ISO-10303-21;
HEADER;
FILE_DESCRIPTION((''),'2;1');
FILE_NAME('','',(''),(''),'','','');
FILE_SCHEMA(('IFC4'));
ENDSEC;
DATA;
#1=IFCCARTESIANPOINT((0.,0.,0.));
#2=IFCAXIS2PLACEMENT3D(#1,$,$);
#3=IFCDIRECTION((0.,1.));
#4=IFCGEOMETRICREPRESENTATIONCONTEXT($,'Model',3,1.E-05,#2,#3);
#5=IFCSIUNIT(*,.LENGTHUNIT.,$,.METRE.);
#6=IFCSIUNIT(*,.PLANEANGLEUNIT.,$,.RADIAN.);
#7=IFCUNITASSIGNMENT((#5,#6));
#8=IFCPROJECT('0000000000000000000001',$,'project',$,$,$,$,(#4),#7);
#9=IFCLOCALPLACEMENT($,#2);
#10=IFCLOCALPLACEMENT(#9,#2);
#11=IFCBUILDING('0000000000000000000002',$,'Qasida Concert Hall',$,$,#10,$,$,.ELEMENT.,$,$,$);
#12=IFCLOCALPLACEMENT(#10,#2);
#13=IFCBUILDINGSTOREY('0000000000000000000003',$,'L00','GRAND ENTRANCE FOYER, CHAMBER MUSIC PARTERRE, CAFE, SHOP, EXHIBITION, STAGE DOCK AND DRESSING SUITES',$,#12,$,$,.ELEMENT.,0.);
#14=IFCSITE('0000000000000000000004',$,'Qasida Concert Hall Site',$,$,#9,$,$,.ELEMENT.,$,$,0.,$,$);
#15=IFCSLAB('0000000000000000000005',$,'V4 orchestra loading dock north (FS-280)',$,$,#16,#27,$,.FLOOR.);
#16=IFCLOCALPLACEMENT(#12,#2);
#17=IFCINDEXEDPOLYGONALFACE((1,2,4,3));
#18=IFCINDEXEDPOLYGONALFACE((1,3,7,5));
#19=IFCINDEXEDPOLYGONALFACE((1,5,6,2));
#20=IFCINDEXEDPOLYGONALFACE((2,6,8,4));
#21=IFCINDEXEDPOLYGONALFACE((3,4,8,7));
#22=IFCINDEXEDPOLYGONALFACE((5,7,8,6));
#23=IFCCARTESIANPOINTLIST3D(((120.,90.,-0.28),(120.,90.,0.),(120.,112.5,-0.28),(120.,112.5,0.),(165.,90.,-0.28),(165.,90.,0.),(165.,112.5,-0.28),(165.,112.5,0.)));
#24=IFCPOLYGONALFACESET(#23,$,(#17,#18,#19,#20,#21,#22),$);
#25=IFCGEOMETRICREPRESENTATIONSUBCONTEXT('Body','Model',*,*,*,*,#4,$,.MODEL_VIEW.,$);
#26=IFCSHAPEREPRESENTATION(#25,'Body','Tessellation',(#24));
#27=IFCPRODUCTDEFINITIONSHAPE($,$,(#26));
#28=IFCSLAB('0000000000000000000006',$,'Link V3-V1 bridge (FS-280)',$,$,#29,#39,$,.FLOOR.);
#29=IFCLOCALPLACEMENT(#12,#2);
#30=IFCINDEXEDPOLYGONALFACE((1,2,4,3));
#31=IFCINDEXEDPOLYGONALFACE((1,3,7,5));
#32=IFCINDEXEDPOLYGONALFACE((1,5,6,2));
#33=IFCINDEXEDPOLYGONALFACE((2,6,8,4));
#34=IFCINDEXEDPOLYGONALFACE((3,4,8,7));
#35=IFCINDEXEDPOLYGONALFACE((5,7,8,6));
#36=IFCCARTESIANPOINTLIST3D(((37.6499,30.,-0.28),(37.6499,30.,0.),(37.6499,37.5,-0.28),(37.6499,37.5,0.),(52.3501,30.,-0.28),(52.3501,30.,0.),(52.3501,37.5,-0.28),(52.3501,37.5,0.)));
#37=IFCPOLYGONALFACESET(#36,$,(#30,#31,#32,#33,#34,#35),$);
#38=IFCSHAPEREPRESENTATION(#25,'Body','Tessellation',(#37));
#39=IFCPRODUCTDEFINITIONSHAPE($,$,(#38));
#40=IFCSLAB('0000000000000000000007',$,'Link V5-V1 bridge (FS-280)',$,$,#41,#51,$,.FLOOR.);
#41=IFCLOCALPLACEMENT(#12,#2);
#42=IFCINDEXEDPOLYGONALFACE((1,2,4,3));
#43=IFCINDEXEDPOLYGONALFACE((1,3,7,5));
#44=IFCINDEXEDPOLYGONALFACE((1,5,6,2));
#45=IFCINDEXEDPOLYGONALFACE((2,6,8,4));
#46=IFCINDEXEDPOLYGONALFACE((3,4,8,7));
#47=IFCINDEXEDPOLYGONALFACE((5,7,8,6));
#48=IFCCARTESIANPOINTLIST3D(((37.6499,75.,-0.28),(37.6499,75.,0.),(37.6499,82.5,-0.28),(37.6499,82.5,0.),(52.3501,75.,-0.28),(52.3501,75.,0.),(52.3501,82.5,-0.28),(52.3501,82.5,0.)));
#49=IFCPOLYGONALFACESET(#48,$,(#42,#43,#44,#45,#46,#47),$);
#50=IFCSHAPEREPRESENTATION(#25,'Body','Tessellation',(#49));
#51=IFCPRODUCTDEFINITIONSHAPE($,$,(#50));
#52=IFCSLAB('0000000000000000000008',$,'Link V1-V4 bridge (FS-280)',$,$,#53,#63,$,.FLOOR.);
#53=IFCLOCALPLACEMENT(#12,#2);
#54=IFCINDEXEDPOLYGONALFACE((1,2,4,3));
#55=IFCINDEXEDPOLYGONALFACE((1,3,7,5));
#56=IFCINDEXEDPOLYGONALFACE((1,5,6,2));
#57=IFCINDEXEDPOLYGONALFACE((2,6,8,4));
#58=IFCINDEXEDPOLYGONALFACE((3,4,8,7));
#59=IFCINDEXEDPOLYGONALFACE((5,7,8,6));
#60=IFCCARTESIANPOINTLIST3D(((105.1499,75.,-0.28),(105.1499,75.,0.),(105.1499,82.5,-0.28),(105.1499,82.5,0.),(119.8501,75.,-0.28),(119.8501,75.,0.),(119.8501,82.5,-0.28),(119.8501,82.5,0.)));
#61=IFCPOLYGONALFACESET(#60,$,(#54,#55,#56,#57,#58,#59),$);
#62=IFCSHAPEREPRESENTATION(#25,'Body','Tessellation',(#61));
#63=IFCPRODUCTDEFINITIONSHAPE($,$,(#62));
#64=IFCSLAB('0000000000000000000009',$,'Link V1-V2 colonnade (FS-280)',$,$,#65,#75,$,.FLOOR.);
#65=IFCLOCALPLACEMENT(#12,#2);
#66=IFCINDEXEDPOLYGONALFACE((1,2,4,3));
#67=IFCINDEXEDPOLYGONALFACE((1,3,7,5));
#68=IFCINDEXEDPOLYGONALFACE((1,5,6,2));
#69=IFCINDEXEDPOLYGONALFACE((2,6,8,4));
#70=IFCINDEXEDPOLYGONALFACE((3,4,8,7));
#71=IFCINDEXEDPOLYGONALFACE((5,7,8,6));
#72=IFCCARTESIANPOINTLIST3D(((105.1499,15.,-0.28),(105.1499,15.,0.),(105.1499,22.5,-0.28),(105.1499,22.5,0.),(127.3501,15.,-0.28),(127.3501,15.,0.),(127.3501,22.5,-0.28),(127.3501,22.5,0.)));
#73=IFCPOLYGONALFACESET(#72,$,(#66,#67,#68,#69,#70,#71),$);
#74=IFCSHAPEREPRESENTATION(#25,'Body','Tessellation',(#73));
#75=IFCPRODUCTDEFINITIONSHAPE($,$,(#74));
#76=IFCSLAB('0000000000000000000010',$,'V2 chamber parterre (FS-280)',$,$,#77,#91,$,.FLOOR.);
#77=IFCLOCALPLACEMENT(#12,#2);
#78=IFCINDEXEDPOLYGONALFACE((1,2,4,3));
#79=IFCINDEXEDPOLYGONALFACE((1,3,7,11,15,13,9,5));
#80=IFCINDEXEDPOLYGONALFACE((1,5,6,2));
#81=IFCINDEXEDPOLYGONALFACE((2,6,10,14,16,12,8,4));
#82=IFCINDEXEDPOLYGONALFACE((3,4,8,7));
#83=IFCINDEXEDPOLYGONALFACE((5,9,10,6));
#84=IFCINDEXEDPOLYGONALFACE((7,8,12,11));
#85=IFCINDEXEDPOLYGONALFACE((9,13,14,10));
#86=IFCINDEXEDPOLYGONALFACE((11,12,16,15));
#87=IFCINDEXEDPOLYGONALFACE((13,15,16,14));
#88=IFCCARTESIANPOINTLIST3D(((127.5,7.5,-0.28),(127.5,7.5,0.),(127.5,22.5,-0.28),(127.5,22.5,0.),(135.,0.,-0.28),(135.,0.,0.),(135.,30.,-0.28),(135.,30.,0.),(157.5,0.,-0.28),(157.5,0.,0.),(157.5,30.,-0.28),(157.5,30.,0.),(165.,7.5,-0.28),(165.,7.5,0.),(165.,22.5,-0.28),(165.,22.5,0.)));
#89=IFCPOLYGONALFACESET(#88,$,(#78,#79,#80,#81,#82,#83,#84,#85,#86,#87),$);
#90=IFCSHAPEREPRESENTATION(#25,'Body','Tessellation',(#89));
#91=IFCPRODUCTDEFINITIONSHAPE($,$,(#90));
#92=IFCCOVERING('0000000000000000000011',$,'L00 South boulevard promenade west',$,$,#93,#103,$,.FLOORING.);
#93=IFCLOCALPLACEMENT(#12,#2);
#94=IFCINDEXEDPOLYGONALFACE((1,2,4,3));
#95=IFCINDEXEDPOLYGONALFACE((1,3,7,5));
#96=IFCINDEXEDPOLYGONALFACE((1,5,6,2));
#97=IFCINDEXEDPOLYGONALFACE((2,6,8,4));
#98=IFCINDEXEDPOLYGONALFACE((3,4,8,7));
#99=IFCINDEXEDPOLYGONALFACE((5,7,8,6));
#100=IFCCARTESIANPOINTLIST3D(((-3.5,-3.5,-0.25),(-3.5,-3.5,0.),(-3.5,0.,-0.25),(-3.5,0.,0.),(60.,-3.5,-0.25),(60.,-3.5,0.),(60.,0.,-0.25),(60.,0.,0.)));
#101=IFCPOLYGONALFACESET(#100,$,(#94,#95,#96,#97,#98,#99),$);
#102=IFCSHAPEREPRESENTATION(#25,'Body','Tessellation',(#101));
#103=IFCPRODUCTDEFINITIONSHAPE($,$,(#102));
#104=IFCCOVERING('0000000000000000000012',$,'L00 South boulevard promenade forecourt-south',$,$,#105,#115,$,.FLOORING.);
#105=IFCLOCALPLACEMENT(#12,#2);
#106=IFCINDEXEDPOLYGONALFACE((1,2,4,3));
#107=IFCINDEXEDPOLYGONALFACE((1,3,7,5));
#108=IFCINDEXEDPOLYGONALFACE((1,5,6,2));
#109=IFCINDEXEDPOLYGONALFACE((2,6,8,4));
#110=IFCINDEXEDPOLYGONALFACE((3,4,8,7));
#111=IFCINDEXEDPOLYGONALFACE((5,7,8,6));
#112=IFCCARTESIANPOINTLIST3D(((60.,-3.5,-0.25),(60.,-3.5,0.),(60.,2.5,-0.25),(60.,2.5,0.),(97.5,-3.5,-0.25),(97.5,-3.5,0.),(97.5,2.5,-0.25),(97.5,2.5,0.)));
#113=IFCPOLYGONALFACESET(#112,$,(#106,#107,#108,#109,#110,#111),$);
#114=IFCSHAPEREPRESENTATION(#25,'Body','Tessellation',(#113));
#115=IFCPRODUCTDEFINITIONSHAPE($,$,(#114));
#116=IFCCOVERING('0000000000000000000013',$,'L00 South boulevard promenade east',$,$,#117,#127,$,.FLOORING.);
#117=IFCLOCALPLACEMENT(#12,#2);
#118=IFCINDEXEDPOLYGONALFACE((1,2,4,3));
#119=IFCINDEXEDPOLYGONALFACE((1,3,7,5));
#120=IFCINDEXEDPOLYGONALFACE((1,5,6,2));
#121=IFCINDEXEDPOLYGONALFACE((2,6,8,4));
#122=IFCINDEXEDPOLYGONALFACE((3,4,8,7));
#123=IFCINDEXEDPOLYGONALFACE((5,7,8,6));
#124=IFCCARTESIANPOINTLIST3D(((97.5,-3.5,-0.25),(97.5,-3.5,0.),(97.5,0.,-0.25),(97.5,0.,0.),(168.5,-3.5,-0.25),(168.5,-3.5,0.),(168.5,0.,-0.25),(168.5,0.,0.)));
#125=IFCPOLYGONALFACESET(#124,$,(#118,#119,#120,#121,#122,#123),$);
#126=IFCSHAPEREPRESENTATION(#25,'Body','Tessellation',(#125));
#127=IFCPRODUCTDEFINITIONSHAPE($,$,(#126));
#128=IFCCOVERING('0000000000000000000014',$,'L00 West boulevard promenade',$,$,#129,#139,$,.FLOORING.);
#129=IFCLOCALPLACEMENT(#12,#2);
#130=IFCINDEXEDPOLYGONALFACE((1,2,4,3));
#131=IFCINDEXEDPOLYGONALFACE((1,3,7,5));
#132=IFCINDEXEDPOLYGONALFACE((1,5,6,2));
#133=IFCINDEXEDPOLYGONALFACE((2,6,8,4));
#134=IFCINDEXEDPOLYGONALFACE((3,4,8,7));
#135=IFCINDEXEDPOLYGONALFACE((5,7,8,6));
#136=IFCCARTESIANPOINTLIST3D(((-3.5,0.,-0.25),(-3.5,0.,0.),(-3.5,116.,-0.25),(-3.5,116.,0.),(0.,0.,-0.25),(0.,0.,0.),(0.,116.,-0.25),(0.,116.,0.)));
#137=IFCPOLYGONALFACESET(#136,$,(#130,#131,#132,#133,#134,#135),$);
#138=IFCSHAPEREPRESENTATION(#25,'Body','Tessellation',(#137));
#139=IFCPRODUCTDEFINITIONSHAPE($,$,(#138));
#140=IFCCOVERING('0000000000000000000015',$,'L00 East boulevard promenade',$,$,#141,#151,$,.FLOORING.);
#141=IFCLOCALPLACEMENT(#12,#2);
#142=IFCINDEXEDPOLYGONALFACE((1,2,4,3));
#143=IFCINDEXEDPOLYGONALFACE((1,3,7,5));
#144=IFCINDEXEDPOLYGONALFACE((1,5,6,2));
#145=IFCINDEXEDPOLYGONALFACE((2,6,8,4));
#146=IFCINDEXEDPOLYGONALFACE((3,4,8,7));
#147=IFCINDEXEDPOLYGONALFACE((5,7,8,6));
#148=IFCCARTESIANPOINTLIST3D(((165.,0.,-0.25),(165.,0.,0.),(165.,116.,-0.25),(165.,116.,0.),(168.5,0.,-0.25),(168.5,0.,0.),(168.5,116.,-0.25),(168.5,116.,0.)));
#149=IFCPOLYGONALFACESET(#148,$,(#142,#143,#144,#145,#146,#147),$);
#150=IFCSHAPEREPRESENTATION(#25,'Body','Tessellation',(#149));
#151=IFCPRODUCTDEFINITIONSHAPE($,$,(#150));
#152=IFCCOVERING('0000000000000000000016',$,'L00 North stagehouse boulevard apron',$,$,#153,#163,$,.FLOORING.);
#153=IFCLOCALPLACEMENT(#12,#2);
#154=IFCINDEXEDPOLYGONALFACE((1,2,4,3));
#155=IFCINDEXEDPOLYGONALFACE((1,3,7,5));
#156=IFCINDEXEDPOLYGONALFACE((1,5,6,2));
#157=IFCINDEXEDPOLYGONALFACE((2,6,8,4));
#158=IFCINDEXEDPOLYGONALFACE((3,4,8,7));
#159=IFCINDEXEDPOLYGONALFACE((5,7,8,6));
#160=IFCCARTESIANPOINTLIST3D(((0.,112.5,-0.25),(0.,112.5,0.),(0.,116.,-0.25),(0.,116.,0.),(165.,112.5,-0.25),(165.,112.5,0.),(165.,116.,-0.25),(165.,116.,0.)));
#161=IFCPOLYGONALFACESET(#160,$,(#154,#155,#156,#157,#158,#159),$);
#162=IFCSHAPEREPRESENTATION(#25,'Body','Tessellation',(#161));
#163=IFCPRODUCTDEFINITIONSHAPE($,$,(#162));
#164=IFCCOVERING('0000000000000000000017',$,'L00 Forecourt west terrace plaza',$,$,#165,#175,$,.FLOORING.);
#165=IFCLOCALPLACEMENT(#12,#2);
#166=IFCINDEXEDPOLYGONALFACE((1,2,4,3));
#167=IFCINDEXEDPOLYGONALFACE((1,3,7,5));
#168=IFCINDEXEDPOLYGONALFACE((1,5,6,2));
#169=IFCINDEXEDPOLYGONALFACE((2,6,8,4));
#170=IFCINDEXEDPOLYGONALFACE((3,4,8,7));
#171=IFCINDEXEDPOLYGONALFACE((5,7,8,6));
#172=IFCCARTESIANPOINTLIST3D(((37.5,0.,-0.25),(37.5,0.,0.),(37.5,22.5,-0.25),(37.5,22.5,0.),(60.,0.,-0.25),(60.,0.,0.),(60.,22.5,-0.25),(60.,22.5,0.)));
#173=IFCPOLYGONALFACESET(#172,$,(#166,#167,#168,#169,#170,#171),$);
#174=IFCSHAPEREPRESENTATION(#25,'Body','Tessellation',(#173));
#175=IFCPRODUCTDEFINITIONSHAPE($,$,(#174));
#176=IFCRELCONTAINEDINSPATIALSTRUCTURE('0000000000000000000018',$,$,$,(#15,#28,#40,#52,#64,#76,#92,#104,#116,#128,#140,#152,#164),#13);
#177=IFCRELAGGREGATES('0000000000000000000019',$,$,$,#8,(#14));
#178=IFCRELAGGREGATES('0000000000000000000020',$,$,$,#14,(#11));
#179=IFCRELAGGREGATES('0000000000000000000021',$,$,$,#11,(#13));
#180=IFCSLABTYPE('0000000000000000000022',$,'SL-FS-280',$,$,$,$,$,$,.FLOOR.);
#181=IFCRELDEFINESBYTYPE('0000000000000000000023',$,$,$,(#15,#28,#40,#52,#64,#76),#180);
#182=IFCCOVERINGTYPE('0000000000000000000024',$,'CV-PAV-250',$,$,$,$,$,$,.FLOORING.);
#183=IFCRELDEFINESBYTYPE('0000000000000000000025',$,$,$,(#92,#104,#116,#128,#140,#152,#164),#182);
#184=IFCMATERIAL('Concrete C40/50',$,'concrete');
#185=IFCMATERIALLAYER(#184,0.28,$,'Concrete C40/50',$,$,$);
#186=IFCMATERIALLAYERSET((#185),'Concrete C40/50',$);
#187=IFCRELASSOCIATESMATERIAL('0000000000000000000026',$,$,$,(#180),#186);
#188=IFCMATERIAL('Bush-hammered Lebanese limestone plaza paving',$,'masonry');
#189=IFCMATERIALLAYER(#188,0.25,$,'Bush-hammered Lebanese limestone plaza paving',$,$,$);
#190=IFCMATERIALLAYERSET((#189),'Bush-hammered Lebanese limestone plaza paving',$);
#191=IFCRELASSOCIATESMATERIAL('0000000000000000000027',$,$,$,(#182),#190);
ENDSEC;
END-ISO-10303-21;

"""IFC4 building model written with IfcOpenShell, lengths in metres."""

from ifc_helpers import new_model, si_unit, direction, frame, origin, place, context, subcontext, project, spatial, polyline, outline, extrude, material, layer, layer_set, type_object, element, save


model = new_model("IFC4")

# Units and contexts
model_context = context("Model", 3, precision=1e-05, world=origin(), true_north=direction((0.0, 1.0)))
body_context = subcontext(model_context, "Body", "Model", "MODEL_VIEW")
ifc_project = project(units=[si_unit("LENGTHUNIT", "METRE"), si_unit("PLANEANGLEUNIT", "RADIAN")], contexts=[model_context])

# Site, building, storey
site_placement = place(None, origin())
site = spatial("IfcSite", under=ifc_project, at=site_placement, Name="Qasida Concert Hall Site", CompositionType="ELEMENT", RefElevation=0.0)
building_placement = place(site_placement, origin())
building = spatial("IfcBuilding", under=site, at=building_placement, Name="Qasida Concert Hall", CompositionType="ELEMENT")
storey_placement = place(building_placement, origin())
storey = spatial("IfcBuildingStorey", under=building, at=storey_placement, Name="L00", Description="GRAND ENTRANCE FOYER, CHAMBER MUSIC PARTERRE, CAFE, SHOP, EXHIBITION, STAGE DOCK AND DRESSING SUITES", CompositionType="ELEMENT", Elevation=0.0)

# Slabs
ifc_material_1 = material(Name="Concrete C40/50", Category="concrete")
ifc_layer_1 = layer(ifc_material_1, 0.28, Name="Concrete C40/50")
ifc_layer_set_1 = layer_set([ifc_layer_1], Name="Concrete C40/50")
slab_type = type_object("IfcSlabType", Name="SL-FS-280", PredefinedType="FLOOR", material=ifc_layer_set_1)
slab_1_placement = place(storey_placement, frame((0.0, 0.0, -0.28)))
element("IfcSlab", 1, at=slab_1_placement, inside=storey, type_object=slab_type, Name="V4 orchestra loading dock north (FS-280)", PredefinedType="FLOOR", context=body_context, shape_type="SweptSolid", body=[
    extrude(outline(polyline([(120.0, 90.0), (165.0, 90.0), (165.0, 112.5), (120.0, 112.5), (120.0, 90.0)])), origin(), (0.0, 0.0, 1.0), 0.28),
])
slab_2_placement = place(storey_placement, frame((0.0, 0.0, -0.28)))
element("IfcSlab", 2, at=slab_2_placement, inside=storey, type_object=slab_type, Name="Link V3-V1 bridge (FS-280)", PredefinedType="FLOOR", context=body_context, shape_type="SweptSolid", body=[
    extrude(outline(polyline([(37.6499, 30.0), (52.3501, 30.0), (52.3501, 37.5), (37.6499, 37.5), (37.6499, 30.0)])), origin(), (0.0, 0.0, 1.0), 0.28),
])
slab_3_placement = place(storey_placement, frame((0.0, 0.0, -0.28)))
element("IfcSlab", 3, at=slab_3_placement, inside=storey, type_object=slab_type, Name="Link V5-V1 bridge (FS-280)", PredefinedType="FLOOR", context=body_context, shape_type="SweptSolid", body=[
    extrude(outline(polyline([(37.6499, 75.0), (52.3501, 75.0), (52.3501, 82.5), (37.6499, 82.5), (37.6499, 75.0)])), origin(), (0.0, 0.0, 1.0), 0.28),
])
slab_4_placement = place(storey_placement, frame((0.0, 0.0, -0.28)))
element("IfcSlab", 4, at=slab_4_placement, inside=storey, type_object=slab_type, Name="Link V1-V4 bridge (FS-280)", PredefinedType="FLOOR", context=body_context, shape_type="SweptSolid", body=[
    extrude(outline(polyline([(105.1499, 75.0), (119.8501, 75.0), (119.8501, 82.5), (105.1499, 82.5), (105.1499, 75.0)])), origin(), (0.0, 0.0, 1.0), 0.28),
])
slab_5_placement = place(storey_placement, frame((0.0, 0.0, -0.28)))
element("IfcSlab", 5, at=slab_5_placement, inside=storey, type_object=slab_type, Name="Link V1-V2 colonnade (FS-280)", PredefinedType="FLOOR", context=body_context, shape_type="SweptSolid", body=[
    extrude(outline(polyline([(105.1499, 15.0), (127.3501, 15.0), (127.3501, 22.5), (105.1499, 22.5), (105.1499, 15.0)])), origin(), (0.0, 0.0, 1.0), 0.28),
])
slab_6_placement = place(storey_placement, frame((0.0, 0.0, -0.28)))
element("IfcSlab", 6, at=slab_6_placement, inside=storey, type_object=slab_type, Name="V2 chamber parterre (FS-280)", PredefinedType="FLOOR", context=body_context, shape_type="SweptSolid", body=[
    extrude(outline(polyline([(135.0, 0.0), (157.5, 0.0), (165.0, 7.5), (165.0, 22.5), (157.5, 30.0), (135.0, 30.0), (127.5, 22.5), (127.5, 7.5), (135.0, 0.0)])), origin(), (0.0, 0.0, 1.0), 0.28),
])

# Coverings
ifc_material_2 = material(Name="Bush-hammered Lebanese limestone plaza paving", Category="masonry")
ifc_layer_2 = layer(ifc_material_2, 0.25, Name="Bush-hammered Lebanese limestone plaza paving")
ifc_layer_set_2 = layer_set([ifc_layer_2], Name="Bush-hammered Lebanese limestone plaza paving")
covering_type = type_object("IfcCoveringType", Name="CV-PAV-250", PredefinedType="FLOORING", material=ifc_layer_set_2)
covering_1_placement = place(storey_placement, frame((0.0, 0.0, -0.25)))
element("IfcCovering", 7, at=covering_1_placement, inside=storey, type_object=covering_type, Name="L00 South boulevard promenade west", PredefinedType="FLOORING", context=body_context, shape_type="SweptSolid", body=[
    extrude(outline(polyline([(-3.5, -3.5), (60.0, -3.5), (60.0, 0.0), (-3.5, 0.0), (-3.5, -3.5)])), origin(), (0.0, 0.0, 1.0), 0.25),
])
covering_2_placement = place(storey_placement, frame((0.0, 0.0, -0.25)))
element("IfcCovering", 8, at=covering_2_placement, inside=storey, type_object=covering_type, Name="L00 South boulevard promenade forecourt-south", PredefinedType="FLOORING", context=body_context, shape_type="SweptSolid", body=[
    extrude(outline(polyline([(60.0, -3.5), (97.5, -3.5), (97.5, 2.5), (60.0, 2.5), (60.0, -3.5)])), origin(), (0.0, 0.0, 1.0), 0.25),
])
covering_3_placement = place(storey_placement, frame((0.0, 0.0, -0.25)))
element("IfcCovering", 9, at=covering_3_placement, inside=storey, type_object=covering_type, Name="L00 South boulevard promenade east", PredefinedType="FLOORING", context=body_context, shape_type="SweptSolid", body=[
    extrude(outline(polyline([(97.5, -3.5), (168.5, -3.5), (168.5, 0.0), (97.5, 0.0), (97.5, -3.5)])), origin(), (0.0, 0.0, 1.0), 0.25),
])
covering_4_placement = place(storey_placement, frame((0.0, 0.0, -0.25)))
element("IfcCovering", 10, at=covering_4_placement, inside=storey, type_object=covering_type, Name="L00 West boulevard promenade", PredefinedType="FLOORING", context=body_context, shape_type="SweptSolid", body=[
    extrude(outline(polyline([(-3.5, 0.0), (0.0, 0.0), (0.0, 116.0), (-3.5, 116.0), (-3.5, 0.0)])), origin(), (0.0, 0.0, 1.0), 0.25),
])
covering_5_placement = place(storey_placement, frame((0.0, 0.0, -0.25)))
element("IfcCovering", 11, at=covering_5_placement, inside=storey, type_object=covering_type, Name="L00 East boulevard promenade", PredefinedType="FLOORING", context=body_context, shape_type="SweptSolid", body=[
    extrude(outline(polyline([(165.0, 0.0), (168.5, 0.0), (168.5, 116.0), (165.0, 116.0), (165.0, 0.0)])), origin(), (0.0, 0.0, 1.0), 0.25),
])
covering_6_placement = place(storey_placement, frame((0.0, 0.0, -0.25)))
element("IfcCovering", 12, at=covering_6_placement, inside=storey, type_object=covering_type, Name="L00 North stagehouse boulevard apron", PredefinedType="FLOORING", context=body_context, shape_type="SweptSolid", body=[
    extrude(outline(polyline([(0.0, 112.5), (165.0, 112.5), (165.0, 116.0), (0.0, 116.0), (0.0, 112.5)])), origin(), (0.0, 0.0, 1.0), 0.25),
])
covering_7_placement = place(storey_placement, frame((0.0, 0.0, -0.25)))
element("IfcCovering", 13, at=covering_7_placement, inside=storey, type_object=covering_type, Name="L00 Forecourt west terrace plaza", PredefinedType="FLOORING", context=body_context, shape_type="SweptSolid", body=[
    extrude(outline(polyline([(37.5, 0.0), (60.0, 0.0), (60.0, 22.5), (37.5, 22.5), (37.5, 0.0)])), origin(), (0.0, 0.0, 1.0), 0.25),
])

save(model, "model.ifc")
